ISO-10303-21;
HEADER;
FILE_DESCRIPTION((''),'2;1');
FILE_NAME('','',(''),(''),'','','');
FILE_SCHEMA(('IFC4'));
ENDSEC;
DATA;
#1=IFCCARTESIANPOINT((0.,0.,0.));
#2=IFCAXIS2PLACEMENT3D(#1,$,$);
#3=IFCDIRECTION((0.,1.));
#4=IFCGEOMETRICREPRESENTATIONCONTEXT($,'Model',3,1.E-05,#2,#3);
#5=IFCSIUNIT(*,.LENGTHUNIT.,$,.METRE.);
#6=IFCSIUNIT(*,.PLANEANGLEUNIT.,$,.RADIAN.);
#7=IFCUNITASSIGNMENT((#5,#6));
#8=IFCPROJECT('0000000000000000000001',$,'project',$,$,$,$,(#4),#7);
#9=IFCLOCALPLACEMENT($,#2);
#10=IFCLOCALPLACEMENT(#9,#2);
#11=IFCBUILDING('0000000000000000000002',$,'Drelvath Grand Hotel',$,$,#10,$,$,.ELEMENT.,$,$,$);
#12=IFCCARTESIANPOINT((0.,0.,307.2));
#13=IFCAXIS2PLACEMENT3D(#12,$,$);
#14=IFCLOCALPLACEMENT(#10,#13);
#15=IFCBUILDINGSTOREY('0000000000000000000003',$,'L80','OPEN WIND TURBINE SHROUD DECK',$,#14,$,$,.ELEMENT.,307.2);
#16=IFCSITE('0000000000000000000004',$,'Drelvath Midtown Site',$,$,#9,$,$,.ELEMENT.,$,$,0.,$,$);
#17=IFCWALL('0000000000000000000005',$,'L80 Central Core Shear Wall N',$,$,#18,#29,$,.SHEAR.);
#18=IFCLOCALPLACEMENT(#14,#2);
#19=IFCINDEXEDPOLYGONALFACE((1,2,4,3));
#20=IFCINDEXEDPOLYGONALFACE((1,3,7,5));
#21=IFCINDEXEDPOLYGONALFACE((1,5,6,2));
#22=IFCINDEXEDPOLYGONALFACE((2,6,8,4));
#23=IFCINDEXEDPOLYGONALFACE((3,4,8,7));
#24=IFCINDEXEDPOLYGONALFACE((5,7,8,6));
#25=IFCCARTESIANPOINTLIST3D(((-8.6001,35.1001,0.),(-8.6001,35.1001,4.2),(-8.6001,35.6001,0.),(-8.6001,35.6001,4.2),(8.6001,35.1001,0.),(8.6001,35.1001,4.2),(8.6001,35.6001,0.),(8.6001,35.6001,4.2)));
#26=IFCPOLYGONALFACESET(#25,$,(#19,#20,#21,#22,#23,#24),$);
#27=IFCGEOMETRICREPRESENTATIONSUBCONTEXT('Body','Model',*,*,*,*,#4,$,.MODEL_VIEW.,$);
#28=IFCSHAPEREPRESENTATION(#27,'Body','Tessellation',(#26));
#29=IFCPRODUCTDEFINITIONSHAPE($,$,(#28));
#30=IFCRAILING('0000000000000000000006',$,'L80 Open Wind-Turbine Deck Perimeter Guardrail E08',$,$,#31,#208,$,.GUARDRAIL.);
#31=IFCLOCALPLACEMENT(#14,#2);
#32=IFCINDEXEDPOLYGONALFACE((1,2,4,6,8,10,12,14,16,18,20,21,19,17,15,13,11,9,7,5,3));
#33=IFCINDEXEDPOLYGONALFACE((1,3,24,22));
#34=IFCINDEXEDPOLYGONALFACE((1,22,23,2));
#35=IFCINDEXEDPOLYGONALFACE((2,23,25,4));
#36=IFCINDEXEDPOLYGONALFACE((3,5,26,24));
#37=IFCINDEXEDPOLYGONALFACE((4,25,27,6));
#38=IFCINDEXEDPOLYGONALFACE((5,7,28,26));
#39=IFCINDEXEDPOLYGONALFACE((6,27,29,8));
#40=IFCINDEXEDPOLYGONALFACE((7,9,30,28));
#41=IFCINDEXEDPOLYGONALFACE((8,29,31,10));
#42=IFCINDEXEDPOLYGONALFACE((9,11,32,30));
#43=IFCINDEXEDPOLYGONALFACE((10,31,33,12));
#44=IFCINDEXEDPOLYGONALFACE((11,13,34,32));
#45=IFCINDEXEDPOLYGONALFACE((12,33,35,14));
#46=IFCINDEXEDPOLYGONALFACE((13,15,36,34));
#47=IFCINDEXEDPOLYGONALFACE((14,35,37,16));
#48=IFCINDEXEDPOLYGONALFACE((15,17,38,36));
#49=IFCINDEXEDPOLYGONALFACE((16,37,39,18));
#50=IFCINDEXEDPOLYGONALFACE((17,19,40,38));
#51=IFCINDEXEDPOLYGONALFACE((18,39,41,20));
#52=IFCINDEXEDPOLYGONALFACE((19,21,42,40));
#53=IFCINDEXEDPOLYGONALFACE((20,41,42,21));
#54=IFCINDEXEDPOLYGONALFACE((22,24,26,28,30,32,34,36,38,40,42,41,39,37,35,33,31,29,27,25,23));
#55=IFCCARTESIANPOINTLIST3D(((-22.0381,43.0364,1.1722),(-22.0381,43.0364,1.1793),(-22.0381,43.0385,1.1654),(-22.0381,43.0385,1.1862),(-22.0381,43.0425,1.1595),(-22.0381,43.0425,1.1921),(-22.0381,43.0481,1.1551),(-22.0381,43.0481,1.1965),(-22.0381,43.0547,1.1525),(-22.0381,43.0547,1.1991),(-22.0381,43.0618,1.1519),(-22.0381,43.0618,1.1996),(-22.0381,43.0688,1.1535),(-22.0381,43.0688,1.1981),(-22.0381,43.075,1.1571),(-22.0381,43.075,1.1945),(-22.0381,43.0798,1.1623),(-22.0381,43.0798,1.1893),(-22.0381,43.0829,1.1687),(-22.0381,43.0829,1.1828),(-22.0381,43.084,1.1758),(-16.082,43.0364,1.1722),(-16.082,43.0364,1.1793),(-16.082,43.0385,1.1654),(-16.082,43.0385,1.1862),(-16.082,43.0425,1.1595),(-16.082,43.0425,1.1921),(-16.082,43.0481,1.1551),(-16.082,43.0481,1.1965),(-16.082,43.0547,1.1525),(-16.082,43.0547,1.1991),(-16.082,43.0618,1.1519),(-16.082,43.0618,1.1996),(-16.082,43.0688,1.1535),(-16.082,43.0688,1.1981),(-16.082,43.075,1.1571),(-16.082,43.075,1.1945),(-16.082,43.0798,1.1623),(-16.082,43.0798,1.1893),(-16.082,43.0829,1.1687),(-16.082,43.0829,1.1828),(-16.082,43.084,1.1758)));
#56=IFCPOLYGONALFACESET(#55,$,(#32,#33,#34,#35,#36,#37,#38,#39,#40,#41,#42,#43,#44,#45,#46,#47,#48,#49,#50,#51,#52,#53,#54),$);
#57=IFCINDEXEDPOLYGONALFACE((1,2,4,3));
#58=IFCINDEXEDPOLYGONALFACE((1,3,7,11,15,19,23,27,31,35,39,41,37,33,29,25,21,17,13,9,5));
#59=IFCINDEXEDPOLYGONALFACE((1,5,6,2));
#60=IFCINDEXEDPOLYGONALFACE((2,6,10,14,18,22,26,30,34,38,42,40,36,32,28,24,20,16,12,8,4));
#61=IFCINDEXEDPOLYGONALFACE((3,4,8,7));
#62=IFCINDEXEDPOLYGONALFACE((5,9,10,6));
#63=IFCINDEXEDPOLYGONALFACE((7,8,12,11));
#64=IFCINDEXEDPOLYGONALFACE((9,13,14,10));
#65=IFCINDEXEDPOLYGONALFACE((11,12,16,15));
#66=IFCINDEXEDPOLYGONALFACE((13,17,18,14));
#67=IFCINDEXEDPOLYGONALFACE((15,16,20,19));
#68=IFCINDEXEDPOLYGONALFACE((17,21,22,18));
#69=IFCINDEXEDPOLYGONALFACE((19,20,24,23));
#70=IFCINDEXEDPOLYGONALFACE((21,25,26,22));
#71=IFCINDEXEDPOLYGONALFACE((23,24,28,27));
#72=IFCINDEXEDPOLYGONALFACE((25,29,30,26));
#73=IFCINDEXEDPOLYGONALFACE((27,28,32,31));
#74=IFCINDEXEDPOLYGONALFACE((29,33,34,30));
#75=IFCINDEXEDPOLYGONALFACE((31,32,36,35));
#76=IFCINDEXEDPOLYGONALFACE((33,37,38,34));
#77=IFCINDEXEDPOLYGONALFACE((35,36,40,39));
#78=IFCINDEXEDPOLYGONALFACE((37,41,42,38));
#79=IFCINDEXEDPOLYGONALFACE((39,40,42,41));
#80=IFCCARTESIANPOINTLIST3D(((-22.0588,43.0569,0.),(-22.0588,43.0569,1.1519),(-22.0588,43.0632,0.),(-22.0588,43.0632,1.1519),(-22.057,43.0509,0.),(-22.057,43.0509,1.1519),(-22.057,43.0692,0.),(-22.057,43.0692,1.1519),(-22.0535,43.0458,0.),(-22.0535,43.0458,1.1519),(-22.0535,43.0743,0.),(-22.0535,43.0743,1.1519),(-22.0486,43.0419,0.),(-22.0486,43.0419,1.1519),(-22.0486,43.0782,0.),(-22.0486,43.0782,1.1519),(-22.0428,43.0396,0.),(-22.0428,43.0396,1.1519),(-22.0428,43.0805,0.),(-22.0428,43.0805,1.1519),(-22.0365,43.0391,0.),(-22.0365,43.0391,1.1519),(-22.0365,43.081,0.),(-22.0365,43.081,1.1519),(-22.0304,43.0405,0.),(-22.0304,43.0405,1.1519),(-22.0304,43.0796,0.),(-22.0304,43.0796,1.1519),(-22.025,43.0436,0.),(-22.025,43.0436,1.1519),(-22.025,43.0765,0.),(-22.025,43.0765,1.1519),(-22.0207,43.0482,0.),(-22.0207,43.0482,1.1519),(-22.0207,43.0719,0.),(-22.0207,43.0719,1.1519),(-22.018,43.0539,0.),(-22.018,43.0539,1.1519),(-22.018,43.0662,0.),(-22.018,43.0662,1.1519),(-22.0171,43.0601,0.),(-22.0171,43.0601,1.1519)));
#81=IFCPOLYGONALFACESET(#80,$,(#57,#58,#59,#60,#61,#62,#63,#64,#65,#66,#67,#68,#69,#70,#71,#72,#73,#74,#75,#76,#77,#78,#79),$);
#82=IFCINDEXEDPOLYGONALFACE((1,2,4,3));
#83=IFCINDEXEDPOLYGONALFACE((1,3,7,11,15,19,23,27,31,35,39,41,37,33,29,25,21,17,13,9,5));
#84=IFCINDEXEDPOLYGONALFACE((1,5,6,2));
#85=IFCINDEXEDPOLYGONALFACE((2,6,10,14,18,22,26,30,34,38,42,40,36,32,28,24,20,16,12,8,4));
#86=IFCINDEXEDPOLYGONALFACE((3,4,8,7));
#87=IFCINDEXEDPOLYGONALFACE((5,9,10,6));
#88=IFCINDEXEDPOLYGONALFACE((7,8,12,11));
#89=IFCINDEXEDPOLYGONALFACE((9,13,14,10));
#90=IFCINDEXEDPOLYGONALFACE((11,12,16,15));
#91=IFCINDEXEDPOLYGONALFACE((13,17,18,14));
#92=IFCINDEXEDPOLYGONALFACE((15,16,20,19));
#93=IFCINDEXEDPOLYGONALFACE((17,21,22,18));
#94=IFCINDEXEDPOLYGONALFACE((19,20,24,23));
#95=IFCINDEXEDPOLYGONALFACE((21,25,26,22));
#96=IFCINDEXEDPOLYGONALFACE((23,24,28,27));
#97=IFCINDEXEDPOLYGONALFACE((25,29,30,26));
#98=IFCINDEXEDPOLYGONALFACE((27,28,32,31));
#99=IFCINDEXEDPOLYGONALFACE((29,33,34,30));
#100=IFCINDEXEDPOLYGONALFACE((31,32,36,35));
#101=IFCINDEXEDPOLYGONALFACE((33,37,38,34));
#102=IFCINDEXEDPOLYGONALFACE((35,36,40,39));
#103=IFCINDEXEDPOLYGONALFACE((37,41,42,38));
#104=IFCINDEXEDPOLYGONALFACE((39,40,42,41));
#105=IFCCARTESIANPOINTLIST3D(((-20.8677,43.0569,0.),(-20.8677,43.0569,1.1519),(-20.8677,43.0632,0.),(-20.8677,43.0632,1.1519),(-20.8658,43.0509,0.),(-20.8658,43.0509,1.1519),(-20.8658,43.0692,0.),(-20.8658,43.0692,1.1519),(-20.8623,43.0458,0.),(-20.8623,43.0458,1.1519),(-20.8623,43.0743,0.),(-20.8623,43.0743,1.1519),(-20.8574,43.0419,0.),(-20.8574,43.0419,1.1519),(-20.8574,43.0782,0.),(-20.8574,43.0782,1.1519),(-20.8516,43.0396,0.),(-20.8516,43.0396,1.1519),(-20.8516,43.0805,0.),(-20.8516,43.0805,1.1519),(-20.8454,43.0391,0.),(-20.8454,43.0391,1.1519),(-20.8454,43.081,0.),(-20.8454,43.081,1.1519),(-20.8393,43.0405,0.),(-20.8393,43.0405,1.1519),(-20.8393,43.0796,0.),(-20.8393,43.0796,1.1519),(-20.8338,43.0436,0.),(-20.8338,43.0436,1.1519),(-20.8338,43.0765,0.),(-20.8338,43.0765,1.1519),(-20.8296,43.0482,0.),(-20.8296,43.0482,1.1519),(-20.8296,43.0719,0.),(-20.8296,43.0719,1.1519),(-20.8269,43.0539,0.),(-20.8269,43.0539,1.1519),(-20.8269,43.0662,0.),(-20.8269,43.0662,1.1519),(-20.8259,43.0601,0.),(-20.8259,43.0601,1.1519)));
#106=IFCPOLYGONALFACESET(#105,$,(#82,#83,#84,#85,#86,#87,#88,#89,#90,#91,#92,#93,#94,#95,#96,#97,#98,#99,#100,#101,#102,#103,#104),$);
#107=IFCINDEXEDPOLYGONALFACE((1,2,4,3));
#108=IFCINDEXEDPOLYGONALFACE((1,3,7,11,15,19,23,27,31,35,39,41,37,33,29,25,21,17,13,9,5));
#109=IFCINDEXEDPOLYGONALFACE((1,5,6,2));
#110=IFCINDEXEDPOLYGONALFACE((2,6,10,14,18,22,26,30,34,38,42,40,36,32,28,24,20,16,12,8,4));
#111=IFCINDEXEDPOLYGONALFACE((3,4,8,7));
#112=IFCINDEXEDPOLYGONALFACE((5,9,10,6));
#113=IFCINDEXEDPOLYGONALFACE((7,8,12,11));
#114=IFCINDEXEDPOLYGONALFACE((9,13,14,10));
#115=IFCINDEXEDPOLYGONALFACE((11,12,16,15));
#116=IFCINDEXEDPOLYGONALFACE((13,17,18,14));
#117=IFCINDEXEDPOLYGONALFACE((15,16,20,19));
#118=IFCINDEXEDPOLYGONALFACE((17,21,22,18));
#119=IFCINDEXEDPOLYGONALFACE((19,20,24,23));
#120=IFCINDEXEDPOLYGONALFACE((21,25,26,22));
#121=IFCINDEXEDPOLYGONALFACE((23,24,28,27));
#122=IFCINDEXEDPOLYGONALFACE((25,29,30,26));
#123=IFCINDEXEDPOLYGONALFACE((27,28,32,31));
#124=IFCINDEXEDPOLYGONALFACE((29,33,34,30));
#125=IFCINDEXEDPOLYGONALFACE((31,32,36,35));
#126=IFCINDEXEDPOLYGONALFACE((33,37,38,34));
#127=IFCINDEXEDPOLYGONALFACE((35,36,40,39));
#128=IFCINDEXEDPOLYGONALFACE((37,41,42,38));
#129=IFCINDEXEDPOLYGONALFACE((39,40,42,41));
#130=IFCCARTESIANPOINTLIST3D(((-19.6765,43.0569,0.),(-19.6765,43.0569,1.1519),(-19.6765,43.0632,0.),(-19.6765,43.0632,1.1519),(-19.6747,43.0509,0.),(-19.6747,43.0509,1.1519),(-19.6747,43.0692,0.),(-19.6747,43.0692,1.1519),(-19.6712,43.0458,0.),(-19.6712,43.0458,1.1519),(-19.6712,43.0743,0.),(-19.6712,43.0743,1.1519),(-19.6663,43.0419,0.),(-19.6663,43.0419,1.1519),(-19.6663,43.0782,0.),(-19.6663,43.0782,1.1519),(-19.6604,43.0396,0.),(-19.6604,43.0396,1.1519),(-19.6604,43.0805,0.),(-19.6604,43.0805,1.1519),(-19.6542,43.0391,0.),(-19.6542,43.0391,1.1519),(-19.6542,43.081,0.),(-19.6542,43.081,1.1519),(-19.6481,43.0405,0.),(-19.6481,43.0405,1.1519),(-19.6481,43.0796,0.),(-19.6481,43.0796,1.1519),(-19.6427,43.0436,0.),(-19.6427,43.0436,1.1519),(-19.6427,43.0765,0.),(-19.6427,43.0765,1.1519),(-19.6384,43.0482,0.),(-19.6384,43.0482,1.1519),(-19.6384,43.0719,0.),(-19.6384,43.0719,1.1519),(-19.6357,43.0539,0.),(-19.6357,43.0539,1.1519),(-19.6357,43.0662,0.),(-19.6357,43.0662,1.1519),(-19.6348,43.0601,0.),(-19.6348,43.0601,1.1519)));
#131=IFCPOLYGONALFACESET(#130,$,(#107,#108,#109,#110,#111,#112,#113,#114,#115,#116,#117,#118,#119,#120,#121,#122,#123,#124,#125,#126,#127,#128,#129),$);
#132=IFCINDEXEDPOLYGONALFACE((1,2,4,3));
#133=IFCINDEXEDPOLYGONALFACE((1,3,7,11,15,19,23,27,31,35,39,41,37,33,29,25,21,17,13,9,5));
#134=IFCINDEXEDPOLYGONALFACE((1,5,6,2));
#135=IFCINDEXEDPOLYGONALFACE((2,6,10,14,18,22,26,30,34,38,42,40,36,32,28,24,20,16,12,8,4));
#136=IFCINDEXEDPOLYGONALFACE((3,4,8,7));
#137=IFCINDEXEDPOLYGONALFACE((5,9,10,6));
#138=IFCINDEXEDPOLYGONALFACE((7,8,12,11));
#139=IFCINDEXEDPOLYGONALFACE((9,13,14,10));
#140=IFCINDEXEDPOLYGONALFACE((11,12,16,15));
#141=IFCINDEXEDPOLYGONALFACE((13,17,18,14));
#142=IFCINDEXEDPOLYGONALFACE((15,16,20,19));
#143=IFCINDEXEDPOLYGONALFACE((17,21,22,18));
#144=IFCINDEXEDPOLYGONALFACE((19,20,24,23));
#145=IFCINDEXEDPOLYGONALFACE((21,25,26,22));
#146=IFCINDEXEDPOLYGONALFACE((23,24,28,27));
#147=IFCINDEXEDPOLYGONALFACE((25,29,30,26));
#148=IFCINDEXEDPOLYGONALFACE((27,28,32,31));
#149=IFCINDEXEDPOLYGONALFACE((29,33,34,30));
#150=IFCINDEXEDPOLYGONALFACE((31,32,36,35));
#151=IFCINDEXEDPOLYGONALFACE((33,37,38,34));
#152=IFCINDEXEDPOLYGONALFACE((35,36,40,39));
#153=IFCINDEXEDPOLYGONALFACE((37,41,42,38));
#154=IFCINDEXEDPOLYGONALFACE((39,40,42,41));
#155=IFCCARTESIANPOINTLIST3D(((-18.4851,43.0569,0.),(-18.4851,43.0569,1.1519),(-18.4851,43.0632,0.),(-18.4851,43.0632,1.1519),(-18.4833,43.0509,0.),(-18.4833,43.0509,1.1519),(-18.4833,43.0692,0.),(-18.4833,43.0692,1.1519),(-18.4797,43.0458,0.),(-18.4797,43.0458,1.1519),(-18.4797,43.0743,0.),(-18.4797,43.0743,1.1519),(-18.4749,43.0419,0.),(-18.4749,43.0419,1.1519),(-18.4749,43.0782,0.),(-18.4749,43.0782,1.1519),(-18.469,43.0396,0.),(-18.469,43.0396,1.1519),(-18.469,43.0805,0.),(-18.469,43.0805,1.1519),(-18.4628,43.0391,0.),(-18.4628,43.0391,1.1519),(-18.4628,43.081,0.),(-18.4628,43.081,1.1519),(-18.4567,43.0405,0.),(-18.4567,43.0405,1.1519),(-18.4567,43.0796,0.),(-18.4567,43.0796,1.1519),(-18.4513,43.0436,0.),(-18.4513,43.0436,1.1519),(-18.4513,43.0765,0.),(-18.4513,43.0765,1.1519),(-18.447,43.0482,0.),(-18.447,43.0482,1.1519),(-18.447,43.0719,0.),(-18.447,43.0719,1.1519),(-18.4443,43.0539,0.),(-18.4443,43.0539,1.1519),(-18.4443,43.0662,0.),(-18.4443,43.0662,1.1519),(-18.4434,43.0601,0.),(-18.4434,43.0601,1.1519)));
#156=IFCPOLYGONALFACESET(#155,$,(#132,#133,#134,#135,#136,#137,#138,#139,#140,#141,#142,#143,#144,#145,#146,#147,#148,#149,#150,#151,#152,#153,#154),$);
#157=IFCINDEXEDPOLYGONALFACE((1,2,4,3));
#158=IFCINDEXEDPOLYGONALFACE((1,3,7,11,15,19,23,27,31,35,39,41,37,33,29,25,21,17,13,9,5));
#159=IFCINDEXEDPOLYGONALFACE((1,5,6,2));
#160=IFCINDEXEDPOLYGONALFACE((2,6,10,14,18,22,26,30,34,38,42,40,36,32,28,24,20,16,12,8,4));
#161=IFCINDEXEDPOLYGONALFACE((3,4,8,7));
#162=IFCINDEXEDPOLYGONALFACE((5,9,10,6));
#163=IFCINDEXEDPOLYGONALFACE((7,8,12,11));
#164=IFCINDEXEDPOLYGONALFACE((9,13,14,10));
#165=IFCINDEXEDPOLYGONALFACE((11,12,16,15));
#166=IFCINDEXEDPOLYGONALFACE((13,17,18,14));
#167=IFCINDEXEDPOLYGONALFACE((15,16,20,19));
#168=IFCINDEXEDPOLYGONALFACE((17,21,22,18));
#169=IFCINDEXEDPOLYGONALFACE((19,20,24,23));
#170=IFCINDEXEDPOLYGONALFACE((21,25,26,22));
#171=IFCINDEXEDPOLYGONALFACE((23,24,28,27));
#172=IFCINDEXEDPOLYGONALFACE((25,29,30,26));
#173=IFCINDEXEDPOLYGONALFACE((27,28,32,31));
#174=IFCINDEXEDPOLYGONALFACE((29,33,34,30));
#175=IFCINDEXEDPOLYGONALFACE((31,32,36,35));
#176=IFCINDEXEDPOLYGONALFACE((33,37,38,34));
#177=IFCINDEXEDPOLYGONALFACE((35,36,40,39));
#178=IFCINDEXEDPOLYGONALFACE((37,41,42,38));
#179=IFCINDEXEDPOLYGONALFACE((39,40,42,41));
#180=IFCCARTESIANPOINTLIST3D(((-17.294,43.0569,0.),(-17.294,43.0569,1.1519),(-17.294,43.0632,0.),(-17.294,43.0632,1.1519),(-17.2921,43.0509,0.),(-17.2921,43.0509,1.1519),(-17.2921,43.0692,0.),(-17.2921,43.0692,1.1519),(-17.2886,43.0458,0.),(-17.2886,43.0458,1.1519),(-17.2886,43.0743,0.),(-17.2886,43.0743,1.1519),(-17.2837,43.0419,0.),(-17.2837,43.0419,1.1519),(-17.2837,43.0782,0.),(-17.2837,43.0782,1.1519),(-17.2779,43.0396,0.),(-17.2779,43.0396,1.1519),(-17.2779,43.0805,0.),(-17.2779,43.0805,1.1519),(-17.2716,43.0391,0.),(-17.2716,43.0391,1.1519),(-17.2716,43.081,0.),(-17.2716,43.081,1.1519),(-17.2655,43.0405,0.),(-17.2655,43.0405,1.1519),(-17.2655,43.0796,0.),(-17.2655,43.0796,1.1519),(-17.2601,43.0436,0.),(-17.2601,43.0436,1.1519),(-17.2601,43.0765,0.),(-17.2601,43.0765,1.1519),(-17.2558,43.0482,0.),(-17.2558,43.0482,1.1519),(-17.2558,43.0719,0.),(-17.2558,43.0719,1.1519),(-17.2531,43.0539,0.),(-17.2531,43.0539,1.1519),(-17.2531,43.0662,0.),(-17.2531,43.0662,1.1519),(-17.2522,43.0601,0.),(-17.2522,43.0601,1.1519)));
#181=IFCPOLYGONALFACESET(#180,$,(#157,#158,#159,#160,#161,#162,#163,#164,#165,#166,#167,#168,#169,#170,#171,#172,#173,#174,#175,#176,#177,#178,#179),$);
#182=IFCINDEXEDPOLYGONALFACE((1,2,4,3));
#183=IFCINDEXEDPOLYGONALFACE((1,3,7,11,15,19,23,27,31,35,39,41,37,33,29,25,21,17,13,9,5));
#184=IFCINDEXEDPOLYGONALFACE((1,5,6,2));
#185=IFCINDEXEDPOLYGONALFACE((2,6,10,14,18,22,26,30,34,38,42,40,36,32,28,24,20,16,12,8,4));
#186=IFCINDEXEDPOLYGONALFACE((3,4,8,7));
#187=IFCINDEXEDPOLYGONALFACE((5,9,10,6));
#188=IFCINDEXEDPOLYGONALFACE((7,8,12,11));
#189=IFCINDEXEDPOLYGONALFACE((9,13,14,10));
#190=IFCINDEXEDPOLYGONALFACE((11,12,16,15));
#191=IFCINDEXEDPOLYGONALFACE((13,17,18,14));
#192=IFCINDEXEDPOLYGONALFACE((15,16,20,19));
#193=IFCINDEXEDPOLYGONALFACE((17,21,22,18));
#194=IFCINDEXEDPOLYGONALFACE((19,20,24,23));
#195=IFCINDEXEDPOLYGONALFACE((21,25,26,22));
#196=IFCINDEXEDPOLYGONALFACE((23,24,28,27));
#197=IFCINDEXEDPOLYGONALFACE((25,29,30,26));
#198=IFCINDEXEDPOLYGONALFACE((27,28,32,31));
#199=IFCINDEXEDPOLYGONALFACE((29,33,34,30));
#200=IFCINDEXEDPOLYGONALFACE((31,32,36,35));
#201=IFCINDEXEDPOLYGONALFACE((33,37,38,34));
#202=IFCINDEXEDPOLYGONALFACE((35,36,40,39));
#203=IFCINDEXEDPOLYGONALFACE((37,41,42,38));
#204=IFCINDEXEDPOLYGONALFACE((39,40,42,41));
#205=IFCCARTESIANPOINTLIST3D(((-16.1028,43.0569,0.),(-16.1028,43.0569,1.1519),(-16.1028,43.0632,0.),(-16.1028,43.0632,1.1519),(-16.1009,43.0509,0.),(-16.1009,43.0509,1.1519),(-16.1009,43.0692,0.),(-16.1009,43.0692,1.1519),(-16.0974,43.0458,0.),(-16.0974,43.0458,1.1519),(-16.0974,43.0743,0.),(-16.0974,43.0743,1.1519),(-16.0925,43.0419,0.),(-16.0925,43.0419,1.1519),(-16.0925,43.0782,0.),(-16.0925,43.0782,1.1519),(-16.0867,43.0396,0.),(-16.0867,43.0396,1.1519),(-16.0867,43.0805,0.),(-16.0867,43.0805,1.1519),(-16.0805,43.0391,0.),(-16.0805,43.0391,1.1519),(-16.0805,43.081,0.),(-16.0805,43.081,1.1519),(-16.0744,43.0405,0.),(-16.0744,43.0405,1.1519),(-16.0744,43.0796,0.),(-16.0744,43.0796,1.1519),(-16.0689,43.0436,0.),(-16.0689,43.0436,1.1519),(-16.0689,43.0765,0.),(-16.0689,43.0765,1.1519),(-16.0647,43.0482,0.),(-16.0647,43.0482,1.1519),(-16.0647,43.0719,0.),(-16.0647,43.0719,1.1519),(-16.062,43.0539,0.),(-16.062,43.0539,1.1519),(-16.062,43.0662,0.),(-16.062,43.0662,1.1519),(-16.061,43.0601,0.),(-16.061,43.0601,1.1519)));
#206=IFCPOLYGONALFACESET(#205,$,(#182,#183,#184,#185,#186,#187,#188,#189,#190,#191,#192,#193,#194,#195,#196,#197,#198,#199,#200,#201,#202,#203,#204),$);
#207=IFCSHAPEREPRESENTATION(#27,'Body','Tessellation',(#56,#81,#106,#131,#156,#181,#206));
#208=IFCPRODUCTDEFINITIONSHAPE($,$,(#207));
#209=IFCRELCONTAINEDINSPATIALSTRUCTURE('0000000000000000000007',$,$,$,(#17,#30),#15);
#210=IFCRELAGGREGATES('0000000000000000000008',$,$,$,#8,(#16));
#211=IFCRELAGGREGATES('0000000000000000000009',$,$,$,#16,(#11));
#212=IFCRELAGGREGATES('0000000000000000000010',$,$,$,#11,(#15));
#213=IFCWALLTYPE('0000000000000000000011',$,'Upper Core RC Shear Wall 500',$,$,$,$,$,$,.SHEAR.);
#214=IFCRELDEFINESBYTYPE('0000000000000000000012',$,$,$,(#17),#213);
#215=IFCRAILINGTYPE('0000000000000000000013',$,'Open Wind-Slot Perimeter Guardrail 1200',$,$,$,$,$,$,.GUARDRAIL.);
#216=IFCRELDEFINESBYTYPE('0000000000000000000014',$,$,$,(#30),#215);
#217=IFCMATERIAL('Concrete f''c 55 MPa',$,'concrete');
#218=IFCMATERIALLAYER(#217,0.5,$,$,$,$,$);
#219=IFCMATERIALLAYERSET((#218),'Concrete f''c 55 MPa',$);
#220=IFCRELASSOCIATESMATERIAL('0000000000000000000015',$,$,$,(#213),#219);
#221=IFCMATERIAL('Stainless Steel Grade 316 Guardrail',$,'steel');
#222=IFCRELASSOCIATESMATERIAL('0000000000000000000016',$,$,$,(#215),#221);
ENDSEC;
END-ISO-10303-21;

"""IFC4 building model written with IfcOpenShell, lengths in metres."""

from ifc_helpers import new_model, si_unit, direction, frame, frame_2d, origin, origin_2d, place, context, subcontext, project, spatial, rectangle, circle, extrude, material, layer, layer_set, type_object, element, save


model = new_model("IFC4")

# Units and contexts
model_context = context("Model", 3, precision=1e-05, world=origin(), true_north=direction((0.0, 1.0)))
body_context = subcontext(model_context, "Body", "Model", "MODEL_VIEW")
ifc_project = project(units=[si_unit("LENGTHUNIT", "METRE"), si_unit("PLANEANGLEUNIT", "RADIAN")], contexts=[model_context])

# Site, building, storey
site_placement = place(None, origin())
site = spatial("IfcSite", under=ifc_project, at=site_placement, Name="Drelvath Midtown Site", CompositionType="ELEMENT", RefElevation=0.0)
building_placement = place(site_placement, origin())
building = spatial("IfcBuilding", under=site, at=building_placement, Name="Drelvath Grand Hotel", CompositionType="ELEMENT")
storey_placement = place(building_placement, frame((0.0, 0.0, 307.2)))
storey = spatial("IfcBuildingStorey", under=building, at=storey_placement, Name="L80", Description="OPEN WIND TURBINE SHROUD DECK", CompositionType="ELEMENT", Elevation=307.2)

# Shared definitions
ifc_material_1 = material(Name="Concrete f'c 55 MPa", Category="concrete")

# Wall
ifc_layer = layer(ifc_material_1, 0.5)
ifc_layer_set = layer_set([ifc_layer], Name="Concrete f'c 55 MPa")
wall_type = type_object("IfcWallType", Name="Upper Core RC Shear Wall 500", PredefinedType="SHEAR", material=ifc_layer_set)
wall_placement = place(storey_placement, frame((-8.6001, 35.3501, 0.0), z_axis=(0.0, 0.0, 1.0), x_axis=(1.0, 0.0, 0.0)))
element("IfcWall", 1, at=wall_placement, inside=storey, type_object=wall_type, Name="L80 Central Core Shear Wall N", PredefinedType="SHEAR", context=body_context, shape_type="SweptSolid", body=[
    extrude(rectangle(XDim=17.2002, YDim=0.5, at=frame_2d((8.6001, 0.0))), origin(), (0.0, 0.0, 1.0), 4.2),
])

# Railing
ifc_material_2 = material(Name="Stainless Steel Grade 316 Guardrail", Category="steel")
railing_type = type_object("IfcRailingType", Name="Open Wind-Slot Perimeter Guardrail 1200", PredefinedType="GUARDRAIL", material=ifc_material_2)
railing_1_placement = place(storey_placement, frame((-22.0381, 43.0601, 0.0)))
element("IfcRailing", 2, at=railing_1_placement, inside=storey, type_object=railing_type, Name="L80 Open Wind-Turbine Deck Perimeter Guardrail E08", PredefinedType="GUARDRAIL", context=body_context, shape_type="SweptSolid", body=[
    extrude(circle(Radius=0.0239, at=origin_2d()), frame((0.0, 0.0, 1.1758), z_axis=(1.0, 0.0, 0.0), x_axis=(0.0, 1.0, 0.0)), (0.0, 0.0, 1.0), 5.9561),
    extrude(circle(Radius=0.021, at=origin_2d()), origin(), (0.0, 0.0, 1.0), 1.1519),
    extrude(circle(Radius=0.021, at=origin_2d()), frame((1.1912, 0.0, 0.0)), (0.0, 0.0, 1.0), 1.1519),
    extrude(circle(Radius=0.021, at=origin_2d()), frame((2.3823, 0.0, 0.0)), (0.0, 0.0, 1.0), 1.1519),
    extrude(circle(Radius=0.021, at=origin_2d()), frame((3.5737, 0.0, 0.0)), (0.0, 0.0, 1.0), 1.1519),
    extrude(circle(Radius=0.021, at=origin_2d()), frame((4.7649, 0.0, 0.0)), (0.0, 0.0, 1.0), 1.1519),
    extrude(circle(Radius=0.021, at=origin_2d()), frame((5.9561, 0.0, 0.0)), (0.0, 0.0, 1.0), 1.1519),
])

save(model, "model.ifc")
